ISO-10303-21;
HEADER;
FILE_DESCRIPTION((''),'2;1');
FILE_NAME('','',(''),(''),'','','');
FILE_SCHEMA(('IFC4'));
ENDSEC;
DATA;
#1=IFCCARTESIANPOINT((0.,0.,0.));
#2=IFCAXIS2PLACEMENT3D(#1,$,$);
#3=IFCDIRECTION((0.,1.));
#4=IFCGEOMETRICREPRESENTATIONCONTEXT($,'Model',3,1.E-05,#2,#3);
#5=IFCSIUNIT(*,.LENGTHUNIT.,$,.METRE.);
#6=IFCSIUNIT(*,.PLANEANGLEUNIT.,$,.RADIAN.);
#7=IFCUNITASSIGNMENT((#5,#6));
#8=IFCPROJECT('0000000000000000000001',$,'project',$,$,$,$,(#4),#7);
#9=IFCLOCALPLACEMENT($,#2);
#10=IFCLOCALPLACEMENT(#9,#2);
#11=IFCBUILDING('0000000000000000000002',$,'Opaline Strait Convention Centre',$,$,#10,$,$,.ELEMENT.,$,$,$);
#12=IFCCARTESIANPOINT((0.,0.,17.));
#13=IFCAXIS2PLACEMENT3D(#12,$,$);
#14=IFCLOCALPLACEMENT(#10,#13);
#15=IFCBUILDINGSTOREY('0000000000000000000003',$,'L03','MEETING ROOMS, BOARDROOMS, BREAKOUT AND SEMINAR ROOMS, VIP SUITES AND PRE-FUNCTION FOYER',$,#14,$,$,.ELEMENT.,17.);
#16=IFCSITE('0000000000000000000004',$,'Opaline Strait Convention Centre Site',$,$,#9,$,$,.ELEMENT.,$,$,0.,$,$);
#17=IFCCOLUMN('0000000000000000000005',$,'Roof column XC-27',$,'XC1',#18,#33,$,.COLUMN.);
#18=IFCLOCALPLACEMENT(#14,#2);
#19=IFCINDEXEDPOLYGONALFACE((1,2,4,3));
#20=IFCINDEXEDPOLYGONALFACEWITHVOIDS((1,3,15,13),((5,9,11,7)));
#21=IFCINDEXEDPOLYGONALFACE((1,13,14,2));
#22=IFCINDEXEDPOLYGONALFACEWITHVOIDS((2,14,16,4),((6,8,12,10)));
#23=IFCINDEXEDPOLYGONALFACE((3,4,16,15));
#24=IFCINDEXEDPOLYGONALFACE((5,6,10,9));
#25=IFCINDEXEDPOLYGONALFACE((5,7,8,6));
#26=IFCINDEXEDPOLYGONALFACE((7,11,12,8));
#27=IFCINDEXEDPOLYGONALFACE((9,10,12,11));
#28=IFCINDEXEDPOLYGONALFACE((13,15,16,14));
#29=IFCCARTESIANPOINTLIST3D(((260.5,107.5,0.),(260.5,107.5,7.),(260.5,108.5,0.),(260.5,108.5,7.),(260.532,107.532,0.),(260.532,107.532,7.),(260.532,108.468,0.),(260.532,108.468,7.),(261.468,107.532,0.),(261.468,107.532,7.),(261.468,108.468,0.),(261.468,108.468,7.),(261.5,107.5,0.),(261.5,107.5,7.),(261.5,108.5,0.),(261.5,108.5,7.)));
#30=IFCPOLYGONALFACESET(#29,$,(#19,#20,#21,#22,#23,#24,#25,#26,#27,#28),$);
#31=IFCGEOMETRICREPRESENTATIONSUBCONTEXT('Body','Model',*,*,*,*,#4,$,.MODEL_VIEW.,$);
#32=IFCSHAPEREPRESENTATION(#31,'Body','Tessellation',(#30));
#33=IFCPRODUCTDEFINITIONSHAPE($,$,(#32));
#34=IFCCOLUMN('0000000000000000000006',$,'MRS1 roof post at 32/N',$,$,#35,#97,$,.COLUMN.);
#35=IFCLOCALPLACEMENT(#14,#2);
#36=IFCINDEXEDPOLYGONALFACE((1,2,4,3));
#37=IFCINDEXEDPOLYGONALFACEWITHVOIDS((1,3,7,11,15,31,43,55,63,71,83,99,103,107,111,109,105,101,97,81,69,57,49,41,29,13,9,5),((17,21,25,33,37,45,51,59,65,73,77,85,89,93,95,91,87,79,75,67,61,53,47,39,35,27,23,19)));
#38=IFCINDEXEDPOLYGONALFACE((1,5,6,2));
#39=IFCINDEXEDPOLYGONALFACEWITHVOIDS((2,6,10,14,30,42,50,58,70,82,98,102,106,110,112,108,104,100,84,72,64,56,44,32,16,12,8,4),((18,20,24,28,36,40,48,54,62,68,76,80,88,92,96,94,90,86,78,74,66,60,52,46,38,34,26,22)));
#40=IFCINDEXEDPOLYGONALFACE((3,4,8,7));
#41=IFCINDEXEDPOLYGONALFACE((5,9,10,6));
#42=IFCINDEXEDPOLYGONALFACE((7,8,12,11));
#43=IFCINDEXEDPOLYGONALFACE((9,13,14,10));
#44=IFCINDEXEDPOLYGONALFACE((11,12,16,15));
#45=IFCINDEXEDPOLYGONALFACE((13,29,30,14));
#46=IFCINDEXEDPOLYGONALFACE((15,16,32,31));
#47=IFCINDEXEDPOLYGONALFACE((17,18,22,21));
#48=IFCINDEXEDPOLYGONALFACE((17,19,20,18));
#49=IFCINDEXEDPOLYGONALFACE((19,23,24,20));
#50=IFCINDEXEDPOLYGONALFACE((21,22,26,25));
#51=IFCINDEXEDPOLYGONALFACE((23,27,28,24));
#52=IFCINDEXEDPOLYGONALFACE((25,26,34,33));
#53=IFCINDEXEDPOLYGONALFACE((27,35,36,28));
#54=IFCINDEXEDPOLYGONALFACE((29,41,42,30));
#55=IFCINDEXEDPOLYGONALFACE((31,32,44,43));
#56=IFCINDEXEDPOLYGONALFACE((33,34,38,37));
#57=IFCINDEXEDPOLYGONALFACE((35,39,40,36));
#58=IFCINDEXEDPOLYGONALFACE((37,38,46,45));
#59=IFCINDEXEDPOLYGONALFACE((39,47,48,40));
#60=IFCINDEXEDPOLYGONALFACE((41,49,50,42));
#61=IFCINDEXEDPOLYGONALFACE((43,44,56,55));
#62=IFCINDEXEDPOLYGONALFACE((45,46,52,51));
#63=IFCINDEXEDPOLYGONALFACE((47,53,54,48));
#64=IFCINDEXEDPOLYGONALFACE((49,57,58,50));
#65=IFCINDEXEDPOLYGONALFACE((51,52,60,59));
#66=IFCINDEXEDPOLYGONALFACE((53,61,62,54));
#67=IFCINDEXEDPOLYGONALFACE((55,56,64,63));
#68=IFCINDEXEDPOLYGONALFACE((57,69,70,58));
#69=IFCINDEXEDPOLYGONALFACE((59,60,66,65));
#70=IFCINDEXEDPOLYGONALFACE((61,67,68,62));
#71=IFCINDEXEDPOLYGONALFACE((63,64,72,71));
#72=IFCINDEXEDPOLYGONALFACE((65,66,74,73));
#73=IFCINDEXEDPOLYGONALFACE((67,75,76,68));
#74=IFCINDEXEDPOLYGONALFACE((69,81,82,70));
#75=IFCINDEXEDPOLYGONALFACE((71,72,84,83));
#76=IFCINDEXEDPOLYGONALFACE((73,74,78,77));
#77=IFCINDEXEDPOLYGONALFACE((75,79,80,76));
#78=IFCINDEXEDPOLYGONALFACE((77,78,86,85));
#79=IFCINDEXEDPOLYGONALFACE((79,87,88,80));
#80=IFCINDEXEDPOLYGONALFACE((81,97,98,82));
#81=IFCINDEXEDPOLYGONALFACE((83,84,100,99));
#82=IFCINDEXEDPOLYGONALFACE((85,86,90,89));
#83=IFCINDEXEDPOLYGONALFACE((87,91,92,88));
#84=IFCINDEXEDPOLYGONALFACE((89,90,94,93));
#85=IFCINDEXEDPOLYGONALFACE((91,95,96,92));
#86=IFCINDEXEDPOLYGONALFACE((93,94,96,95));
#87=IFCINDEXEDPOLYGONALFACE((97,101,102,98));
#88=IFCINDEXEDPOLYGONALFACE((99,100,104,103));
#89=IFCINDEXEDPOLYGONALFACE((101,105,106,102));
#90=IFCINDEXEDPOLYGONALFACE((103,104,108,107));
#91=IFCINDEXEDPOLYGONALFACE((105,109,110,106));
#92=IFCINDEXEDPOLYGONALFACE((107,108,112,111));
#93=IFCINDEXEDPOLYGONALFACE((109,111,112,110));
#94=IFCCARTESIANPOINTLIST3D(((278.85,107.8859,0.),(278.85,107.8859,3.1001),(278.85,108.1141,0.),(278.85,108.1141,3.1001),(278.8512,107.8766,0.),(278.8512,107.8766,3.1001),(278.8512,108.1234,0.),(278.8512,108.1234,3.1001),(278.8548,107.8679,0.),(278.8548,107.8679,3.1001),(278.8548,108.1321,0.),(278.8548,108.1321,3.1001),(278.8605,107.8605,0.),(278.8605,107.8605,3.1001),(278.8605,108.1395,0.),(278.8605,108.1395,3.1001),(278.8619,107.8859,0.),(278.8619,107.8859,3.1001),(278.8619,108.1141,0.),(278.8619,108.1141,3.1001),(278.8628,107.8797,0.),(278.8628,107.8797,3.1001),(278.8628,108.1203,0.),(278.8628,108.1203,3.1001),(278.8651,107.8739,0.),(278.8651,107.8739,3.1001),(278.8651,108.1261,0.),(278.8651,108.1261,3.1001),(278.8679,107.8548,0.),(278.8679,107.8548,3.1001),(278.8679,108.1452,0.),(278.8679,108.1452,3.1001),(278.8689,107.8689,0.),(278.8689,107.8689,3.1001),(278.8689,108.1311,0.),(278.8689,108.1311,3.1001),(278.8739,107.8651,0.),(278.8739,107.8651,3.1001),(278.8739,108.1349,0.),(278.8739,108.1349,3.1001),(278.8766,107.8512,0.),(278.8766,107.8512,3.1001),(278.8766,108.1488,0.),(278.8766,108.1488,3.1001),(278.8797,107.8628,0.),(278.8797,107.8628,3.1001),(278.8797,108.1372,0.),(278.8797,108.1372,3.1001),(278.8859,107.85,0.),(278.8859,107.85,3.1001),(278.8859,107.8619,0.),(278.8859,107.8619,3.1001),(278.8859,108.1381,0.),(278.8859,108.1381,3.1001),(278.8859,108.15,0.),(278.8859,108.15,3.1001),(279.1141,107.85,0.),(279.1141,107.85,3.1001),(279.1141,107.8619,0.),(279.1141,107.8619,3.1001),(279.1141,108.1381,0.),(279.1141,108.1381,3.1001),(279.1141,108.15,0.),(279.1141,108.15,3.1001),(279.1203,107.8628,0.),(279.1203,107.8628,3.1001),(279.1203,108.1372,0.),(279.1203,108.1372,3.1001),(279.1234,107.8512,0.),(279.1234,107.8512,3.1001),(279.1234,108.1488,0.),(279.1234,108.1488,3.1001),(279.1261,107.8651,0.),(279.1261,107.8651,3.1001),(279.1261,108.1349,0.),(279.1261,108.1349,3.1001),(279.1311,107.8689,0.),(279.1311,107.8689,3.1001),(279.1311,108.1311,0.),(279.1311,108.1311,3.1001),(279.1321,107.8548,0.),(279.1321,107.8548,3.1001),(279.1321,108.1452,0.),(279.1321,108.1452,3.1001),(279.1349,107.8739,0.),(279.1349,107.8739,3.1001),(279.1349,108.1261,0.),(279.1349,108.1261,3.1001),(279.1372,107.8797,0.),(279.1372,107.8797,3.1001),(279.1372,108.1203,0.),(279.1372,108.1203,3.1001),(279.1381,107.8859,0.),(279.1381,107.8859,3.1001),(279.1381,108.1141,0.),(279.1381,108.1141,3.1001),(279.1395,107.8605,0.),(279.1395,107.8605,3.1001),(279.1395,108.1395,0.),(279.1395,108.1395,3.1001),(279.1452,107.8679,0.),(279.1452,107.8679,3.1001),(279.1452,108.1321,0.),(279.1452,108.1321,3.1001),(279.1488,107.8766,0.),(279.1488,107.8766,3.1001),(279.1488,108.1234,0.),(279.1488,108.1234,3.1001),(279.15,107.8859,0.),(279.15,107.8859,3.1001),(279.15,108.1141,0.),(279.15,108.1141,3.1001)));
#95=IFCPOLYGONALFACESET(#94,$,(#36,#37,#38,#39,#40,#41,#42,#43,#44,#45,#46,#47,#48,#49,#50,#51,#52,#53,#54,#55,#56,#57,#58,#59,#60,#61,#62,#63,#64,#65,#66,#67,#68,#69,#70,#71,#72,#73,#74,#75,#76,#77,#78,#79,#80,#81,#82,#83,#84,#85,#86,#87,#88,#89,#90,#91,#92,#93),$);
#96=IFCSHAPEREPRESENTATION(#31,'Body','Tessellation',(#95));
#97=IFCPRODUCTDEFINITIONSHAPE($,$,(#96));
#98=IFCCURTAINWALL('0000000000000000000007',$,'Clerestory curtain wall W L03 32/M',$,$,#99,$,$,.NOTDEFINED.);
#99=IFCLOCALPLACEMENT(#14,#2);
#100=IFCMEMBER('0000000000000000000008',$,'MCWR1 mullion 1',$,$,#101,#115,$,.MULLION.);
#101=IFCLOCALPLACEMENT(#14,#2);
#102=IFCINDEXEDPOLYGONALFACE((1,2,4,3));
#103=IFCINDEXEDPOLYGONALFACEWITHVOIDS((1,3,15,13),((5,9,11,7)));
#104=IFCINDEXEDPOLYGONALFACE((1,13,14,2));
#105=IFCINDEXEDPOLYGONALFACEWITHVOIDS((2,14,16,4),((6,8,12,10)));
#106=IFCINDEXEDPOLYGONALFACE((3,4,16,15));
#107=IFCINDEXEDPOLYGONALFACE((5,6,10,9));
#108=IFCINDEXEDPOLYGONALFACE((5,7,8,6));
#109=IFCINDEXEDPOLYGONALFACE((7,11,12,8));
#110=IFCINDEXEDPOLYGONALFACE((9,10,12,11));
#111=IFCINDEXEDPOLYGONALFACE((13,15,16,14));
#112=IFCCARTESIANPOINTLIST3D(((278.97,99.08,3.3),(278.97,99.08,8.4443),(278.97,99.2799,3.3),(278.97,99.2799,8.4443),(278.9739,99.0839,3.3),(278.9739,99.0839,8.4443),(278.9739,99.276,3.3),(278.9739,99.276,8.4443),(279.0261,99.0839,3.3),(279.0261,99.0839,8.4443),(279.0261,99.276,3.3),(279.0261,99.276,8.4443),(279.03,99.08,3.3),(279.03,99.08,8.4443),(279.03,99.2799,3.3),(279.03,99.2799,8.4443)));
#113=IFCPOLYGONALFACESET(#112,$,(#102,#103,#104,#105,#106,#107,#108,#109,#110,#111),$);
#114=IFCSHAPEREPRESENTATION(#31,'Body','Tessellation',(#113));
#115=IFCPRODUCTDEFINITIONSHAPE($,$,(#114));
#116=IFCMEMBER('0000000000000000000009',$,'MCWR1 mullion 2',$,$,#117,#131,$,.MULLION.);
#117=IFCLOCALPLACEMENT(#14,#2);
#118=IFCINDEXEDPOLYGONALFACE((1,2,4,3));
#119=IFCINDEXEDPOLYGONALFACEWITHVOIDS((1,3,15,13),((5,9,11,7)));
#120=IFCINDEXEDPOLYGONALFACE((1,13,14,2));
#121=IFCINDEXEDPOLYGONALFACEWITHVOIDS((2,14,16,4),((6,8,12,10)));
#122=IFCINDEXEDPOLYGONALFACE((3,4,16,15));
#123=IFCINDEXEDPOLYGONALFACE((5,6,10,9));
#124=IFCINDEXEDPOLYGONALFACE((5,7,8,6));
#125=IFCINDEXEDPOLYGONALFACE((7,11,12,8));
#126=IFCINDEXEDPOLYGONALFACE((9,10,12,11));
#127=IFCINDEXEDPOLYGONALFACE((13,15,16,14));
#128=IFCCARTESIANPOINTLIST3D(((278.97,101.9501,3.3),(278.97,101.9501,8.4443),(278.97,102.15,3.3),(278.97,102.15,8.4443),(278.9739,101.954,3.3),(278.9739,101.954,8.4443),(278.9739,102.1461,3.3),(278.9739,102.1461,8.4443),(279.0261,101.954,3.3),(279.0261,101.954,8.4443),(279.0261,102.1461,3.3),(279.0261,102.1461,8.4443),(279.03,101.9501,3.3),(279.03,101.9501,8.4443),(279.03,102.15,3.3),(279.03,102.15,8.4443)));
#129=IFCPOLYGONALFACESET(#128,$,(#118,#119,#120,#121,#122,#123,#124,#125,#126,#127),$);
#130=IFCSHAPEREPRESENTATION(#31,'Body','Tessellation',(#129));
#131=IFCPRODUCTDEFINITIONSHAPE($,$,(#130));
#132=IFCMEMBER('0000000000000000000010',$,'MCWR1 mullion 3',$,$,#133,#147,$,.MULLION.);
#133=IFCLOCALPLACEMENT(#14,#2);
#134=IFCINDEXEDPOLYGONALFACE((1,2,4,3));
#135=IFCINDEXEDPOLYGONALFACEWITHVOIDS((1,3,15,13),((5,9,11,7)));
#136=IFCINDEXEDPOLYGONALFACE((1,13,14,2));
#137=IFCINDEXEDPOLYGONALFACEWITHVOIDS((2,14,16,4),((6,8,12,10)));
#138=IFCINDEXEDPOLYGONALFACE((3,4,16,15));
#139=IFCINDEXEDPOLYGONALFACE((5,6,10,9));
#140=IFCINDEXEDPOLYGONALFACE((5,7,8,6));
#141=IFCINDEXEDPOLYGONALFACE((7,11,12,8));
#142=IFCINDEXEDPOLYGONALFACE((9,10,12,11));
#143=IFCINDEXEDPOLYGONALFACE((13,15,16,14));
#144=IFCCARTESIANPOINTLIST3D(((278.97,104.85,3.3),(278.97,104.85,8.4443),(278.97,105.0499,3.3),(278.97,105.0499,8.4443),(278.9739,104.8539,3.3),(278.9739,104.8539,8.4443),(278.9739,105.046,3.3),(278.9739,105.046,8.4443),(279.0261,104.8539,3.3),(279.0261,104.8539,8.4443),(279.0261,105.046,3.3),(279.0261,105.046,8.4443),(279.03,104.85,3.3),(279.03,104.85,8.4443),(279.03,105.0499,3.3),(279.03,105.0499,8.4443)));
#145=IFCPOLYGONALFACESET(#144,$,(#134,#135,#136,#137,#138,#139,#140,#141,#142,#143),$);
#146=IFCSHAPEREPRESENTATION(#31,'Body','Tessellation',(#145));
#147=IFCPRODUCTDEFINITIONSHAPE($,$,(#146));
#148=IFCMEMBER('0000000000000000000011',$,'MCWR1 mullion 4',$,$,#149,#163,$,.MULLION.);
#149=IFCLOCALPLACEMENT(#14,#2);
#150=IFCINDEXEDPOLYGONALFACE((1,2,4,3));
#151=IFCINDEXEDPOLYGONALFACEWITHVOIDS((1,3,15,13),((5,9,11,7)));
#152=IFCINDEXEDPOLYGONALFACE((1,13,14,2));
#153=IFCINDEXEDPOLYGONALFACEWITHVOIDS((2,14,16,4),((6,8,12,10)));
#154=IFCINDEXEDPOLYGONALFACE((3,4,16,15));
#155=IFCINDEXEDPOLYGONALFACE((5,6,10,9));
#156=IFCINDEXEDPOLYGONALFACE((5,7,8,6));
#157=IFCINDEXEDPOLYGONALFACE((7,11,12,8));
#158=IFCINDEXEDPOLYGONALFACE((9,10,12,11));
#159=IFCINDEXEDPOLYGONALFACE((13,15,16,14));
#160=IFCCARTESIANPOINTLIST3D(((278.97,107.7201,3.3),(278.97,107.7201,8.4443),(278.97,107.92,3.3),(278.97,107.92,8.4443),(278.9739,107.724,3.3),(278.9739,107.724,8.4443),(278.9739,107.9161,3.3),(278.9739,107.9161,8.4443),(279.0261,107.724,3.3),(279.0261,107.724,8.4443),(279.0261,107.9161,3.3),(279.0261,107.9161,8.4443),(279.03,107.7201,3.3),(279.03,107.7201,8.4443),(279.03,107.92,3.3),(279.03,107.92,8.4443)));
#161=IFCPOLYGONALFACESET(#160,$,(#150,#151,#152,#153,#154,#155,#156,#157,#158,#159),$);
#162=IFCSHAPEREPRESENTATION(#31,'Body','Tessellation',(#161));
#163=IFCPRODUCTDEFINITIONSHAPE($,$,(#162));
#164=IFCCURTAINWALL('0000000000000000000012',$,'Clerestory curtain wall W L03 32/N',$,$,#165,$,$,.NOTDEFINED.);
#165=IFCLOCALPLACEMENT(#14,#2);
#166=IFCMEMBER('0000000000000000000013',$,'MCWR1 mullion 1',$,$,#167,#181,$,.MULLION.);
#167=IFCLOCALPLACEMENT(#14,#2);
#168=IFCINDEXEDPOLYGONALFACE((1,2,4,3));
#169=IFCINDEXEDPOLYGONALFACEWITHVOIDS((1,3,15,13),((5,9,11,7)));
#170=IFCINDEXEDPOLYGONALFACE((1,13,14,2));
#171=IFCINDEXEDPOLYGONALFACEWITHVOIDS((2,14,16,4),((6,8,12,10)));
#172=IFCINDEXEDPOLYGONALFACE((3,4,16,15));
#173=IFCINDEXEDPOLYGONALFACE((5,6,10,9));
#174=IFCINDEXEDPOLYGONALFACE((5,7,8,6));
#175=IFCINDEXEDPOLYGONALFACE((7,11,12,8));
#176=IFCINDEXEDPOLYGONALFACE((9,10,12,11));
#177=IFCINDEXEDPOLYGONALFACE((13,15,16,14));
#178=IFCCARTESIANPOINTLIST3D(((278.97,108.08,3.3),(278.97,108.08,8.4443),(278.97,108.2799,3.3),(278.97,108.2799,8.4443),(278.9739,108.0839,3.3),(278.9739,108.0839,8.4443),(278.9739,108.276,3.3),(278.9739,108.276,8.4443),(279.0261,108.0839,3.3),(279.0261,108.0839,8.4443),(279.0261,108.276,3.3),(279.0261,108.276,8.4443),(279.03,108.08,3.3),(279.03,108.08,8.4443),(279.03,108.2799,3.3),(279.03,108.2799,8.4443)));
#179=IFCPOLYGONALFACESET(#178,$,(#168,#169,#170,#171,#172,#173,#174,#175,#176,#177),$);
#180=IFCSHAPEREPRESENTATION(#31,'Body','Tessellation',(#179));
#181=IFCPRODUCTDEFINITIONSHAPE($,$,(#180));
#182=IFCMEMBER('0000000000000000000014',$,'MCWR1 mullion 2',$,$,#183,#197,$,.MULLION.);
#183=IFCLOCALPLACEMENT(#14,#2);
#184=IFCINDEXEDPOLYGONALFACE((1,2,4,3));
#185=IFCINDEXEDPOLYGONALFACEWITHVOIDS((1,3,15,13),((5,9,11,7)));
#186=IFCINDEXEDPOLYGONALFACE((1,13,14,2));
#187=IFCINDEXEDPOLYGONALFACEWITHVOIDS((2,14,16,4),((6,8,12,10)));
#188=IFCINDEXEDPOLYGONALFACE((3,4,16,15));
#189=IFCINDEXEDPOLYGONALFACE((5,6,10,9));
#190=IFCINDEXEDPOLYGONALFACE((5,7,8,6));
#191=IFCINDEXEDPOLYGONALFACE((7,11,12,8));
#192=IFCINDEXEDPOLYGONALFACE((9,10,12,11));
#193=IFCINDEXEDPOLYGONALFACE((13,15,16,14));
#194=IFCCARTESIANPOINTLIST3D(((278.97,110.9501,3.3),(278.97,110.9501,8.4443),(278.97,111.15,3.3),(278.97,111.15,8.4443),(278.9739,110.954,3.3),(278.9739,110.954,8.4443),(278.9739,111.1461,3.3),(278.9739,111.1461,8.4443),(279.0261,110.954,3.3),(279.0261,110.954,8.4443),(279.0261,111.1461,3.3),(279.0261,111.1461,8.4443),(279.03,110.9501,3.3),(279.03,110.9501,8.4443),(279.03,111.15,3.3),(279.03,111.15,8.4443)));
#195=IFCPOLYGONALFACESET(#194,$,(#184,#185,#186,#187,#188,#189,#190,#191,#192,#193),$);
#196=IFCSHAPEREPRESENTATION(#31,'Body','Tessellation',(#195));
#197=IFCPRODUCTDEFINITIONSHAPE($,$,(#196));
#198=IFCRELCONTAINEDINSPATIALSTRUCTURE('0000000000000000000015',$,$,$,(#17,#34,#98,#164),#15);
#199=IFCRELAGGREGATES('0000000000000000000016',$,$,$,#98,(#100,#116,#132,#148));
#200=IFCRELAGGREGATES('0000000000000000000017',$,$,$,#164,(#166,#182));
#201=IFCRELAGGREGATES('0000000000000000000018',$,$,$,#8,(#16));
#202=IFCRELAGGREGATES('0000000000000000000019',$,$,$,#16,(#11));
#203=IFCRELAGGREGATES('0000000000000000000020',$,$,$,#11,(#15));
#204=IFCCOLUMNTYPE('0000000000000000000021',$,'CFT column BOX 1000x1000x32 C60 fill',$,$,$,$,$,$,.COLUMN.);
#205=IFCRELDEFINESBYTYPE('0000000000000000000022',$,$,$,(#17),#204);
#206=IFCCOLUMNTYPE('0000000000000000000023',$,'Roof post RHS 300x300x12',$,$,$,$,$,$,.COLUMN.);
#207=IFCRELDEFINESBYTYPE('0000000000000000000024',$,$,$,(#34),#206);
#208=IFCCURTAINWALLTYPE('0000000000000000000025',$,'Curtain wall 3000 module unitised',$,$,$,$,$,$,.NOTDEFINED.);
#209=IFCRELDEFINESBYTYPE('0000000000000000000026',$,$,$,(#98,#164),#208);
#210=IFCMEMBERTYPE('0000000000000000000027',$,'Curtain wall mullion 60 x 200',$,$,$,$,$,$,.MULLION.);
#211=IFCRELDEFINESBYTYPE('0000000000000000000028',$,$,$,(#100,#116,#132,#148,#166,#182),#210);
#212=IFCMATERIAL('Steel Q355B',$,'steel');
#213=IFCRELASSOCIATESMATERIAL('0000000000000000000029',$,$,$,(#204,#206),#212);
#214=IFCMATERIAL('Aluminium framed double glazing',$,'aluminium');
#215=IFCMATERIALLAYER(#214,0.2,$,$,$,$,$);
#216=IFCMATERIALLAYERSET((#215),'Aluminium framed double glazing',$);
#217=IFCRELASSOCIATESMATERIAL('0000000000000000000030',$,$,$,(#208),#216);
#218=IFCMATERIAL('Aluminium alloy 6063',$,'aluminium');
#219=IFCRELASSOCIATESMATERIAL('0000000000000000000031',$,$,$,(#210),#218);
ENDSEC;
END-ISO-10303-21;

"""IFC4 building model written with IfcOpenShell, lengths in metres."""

from ifc_helpers import new_model, si_unit, direction, frame, origin, origin_2d, place, context, subcontext, project, spatial, hollow_rectangle, extrude, material, layer, layer_set, material_profile, profile_set, type_object, element, aggregate, save


model = new_model("IFC4")

# Units and contexts
model_context = context("Model", 3, precision=1e-05, world=origin(), true_north=direction((0.0, 1.0)))
body_context = subcontext(model_context, "Body", "Model", "MODEL_VIEW")
ifc_project = project(units=[si_unit("LENGTHUNIT", "METRE"), si_unit("PLANEANGLEUNIT", "RADIAN")], contexts=[model_context])

# Site, building, storey
site_placement = place(None, origin())
site = spatial("IfcSite", under=ifc_project, at=site_placement, Name="Opaline Strait Convention Centre Site", CompositionType="ELEMENT", RefElevation=0.0)
building_placement = place(site_placement, origin())
building = spatial("IfcBuilding", under=site, at=building_placement, Name="Opaline Strait Convention Centre", CompositionType="ELEMENT")
storey_placement = place(building_placement, frame((0.0, 0.0, 17.0)))
storey = spatial("IfcBuildingStorey", under=building, at=storey_placement, Name="L03", Description="MEETING ROOMS, BOARDROOMS, BREAKOUT AND SEMINAR ROOMS, VIP SUITES AND PRE-FUNCTION FOYER", CompositionType="ELEMENT", Elevation=17.0)

# Columns
ifc_material_1 = material(Name="Steel Q355B", Category="steel")
ifc_material_profile_1 = material_profile(ifc_material_1, hollow_rectangle(XDim=1.0, YDim=1.0, WallThickness=0.032, at=origin_2d()), Name="BOX 1000x1000x32")
ifc_profile_set_1 = profile_set([ifc_material_profile_1], Name="Steel Q355B")
column_type_1 = type_object("IfcColumnType", Name="CFT column BOX 1000x1000x32 C60 fill", PredefinedType="COLUMN", material=ifc_profile_set_1)
column_1_placement = place(storey_placement, frame((261.0, 108.0, 0.0), z_axis=(0.0, 0.0, 1.0), x_axis=(1.0, 0.0, 0.0)))
element("IfcColumn", 1, at=column_1_placement, inside=storey, type_object=column_type_1, Name="Roof column XC-27", ObjectType="XC1", PredefinedType="COLUMN", context=body_context, shape_type="SweptSolid", body=[
    extrude(hollow_rectangle(XDim=1.0, YDim=1.0, WallThickness=0.032, at=origin_2d()), origin(), (0.0, 0.0, 1.0), 7.0),
])
ifc_material_profile_2 = material_profile(ifc_material_1, hollow_rectangle(XDim=0.3, YDim=0.3, WallThickness=0.012, InnerFilletRadius=0.0239, OuterFilletRadius=0.0359, at=origin_2d()), Name="RHS 300x300x12")
ifc_profile_set_2 = profile_set([ifc_material_profile_2], Name="Steel Q355B")
column_type_2 = type_object("IfcColumnType", Name="Roof post RHS 300x300x12", PredefinedType="COLUMN", material=ifc_profile_set_2)
column_2_placement = place(storey_placement, frame((279.0, 108.0, 0.0), z_axis=(0.0, 0.0, 1.0), x_axis=(1.0, 0.0, 0.0)))
element("IfcColumn", 2, at=column_2_placement, inside=storey, type_object=column_type_2, Name="MRS1 roof post at 32/N", PredefinedType="COLUMN", context=body_context, shape_type="SweptSolid", body=[
    extrude(hollow_rectangle(XDim=0.3, YDim=0.3, WallThickness=0.012, InnerFilletRadius=0.0239, OuterFilletRadius=0.0359, at=origin_2d()), origin(), (0.0, 0.0, 1.0), 3.1001),
])

# Curtain walls, members
ifc_material_2 = material(Name="Aluminium framed double glazing", Category="aluminium")
ifc_layer_1 = layer(ifc_material_2, 0.2)
ifc_layer_set_1 = layer_set([ifc_layer_1], Name="Aluminium framed double glazing")
curtain_wall_type = type_object("IfcCurtainWallType", Name="Curtain wall 3000 module unitised", PredefinedType="NOTDEFINED", material=ifc_layer_set_1)
curtain_wall_1_placement = place(storey_placement, origin())
curtain_wall_1 = element("IfcCurtainWall", 3, at=curtain_wall_1_placement, inside=storey, type_object=curtain_wall_type, Name="Clerestory curtain wall W L03 32/M", PredefinedType="NOTDEFINED")
ifc_material_3 = material(Name="Aluminium alloy 6063", Category="aluminium")
ifc_material_profile_3 = material_profile(ifc_material_3, hollow_rectangle(XDim=0.0601, YDim=0.2, WallThickness=0.0039, at=origin_2d()), Name="MULLION 60x200x4")
ifc_profile_set_3 = profile_set([ifc_material_profile_3], Name="Aluminium alloy 6063")
member_type_1 = type_object("IfcMemberType", Name="Curtain wall mullion 60 x 200", PredefinedType="MULLION", material=ifc_profile_set_3)
member_1_placement = place(storey_placement, frame((279.0, 99.1799, 3.3), z_axis=(0.0, 0.0, 1.0), x_axis=(-1.0, 0.0, 0.0)))
member_1 = element("IfcMember", 4, at=member_1_placement, type_object=member_type_1, Name="MCWR1 mullion 1", PredefinedType="MULLION", context=body_context, shape_type="SweptSolid", body=[
    extrude(hollow_rectangle(XDim=0.0601, YDim=0.2, WallThickness=0.0039, at=origin_2d()), origin(), (0.0, 0.0, 1.0), 5.1443),
])
member_2_placement = place(storey_placement, frame((279.0, 102.05, 3.3), z_axis=(0.0, 0.0, 1.0), x_axis=(-1.0, 0.0, 0.0)))
member_2 = element("IfcMember", 5, at=member_2_placement, type_object=member_type_1, Name="MCWR1 mullion 2", PredefinedType="MULLION", context=body_context, shape_type="SweptSolid", body=[
    extrude(hollow_rectangle(XDim=0.0601, YDim=0.2, WallThickness=0.0039, at=origin_2d()), origin(), (0.0, 0.0, 1.0), 5.1443),
])
member_3_placement = place(storey_placement, frame((279.0, 104.95, 3.3), z_axis=(0.0, 0.0, 1.0), x_axis=(-1.0, 0.0, 0.0)))
member_3 = element("IfcMember", 6, at=member_3_placement, type_object=member_type_1, Name="MCWR1 mullion 3", PredefinedType="MULLION", context=body_context, shape_type="SweptSolid", body=[
    extrude(hollow_rectangle(XDim=0.0601, YDim=0.2, WallThickness=0.0039, at=origin_2d()), origin(), (0.0, 0.0, 1.0), 5.1443),
])
member_4_placement = place(storey_placement, frame((279.0, 107.8201, 3.3), z_axis=(0.0, 0.0, 1.0), x_axis=(-1.0, 0.0, 0.0)))
member_4 = element("IfcMember", 7, at=member_4_placement, type_object=member_type_1, Name="MCWR1 mullion 4", PredefinedType="MULLION", context=body_context, shape_type="SweptSolid", body=[
    extrude(hollow_rectangle(XDim=0.0601, YDim=0.2, WallThickness=0.0039, at=origin_2d()), origin(), (0.0, 0.0, 1.0), 5.1443),
])
curtain_wall_2_placement = place(storey_placement, origin())
curtain_wall_2 = element("IfcCurtainWall", 8, at=curtain_wall_2_placement, inside=storey, type_object=curtain_wall_type, Name="Clerestory curtain wall W L03 32/N", PredefinedType="NOTDEFINED")
member_5_placement = place(storey_placement, frame((279.0, 108.1799, 3.3), z_axis=(0.0, 0.0, 1.0), x_axis=(-1.0, 0.0, 0.0)))
member_5 = element("IfcMember", 9, at=member_5_placement, type_object=member_type_1, Name="MCWR1 mullion 1", PredefinedType="MULLION", context=body_context, shape_type="SweptSolid", body=[
    extrude(hollow_rectangle(XDim=0.0601, YDim=0.2, WallThickness=0.0039, at=origin_2d()), origin(), (0.0, 0.0, 1.0), 5.1443),
])
member_6_placement = place(storey_placement, frame((279.0, 111.05, 3.3), z_axis=(0.0, 0.0, 1.0), x_axis=(-1.0, 0.0, 0.0)))
member_6 = element("IfcMember", 10, at=member_6_placement, type_object=member_type_1, Name="MCWR1 mullion 2", PredefinedType="MULLION", context=body_context, shape_type="SweptSolid", body=[
    extrude(hollow_rectangle(XDim=0.0601, YDim=0.2, WallThickness=0.0039, at=origin_2d()), origin(), (0.0, 0.0, 1.0), 5.1443),
])

aggregate(curtain_wall_1, [member_1, member_2, member_3, member_4])
aggregate(curtain_wall_2, [member_5, member_6])

save(model, "model.ifc")
